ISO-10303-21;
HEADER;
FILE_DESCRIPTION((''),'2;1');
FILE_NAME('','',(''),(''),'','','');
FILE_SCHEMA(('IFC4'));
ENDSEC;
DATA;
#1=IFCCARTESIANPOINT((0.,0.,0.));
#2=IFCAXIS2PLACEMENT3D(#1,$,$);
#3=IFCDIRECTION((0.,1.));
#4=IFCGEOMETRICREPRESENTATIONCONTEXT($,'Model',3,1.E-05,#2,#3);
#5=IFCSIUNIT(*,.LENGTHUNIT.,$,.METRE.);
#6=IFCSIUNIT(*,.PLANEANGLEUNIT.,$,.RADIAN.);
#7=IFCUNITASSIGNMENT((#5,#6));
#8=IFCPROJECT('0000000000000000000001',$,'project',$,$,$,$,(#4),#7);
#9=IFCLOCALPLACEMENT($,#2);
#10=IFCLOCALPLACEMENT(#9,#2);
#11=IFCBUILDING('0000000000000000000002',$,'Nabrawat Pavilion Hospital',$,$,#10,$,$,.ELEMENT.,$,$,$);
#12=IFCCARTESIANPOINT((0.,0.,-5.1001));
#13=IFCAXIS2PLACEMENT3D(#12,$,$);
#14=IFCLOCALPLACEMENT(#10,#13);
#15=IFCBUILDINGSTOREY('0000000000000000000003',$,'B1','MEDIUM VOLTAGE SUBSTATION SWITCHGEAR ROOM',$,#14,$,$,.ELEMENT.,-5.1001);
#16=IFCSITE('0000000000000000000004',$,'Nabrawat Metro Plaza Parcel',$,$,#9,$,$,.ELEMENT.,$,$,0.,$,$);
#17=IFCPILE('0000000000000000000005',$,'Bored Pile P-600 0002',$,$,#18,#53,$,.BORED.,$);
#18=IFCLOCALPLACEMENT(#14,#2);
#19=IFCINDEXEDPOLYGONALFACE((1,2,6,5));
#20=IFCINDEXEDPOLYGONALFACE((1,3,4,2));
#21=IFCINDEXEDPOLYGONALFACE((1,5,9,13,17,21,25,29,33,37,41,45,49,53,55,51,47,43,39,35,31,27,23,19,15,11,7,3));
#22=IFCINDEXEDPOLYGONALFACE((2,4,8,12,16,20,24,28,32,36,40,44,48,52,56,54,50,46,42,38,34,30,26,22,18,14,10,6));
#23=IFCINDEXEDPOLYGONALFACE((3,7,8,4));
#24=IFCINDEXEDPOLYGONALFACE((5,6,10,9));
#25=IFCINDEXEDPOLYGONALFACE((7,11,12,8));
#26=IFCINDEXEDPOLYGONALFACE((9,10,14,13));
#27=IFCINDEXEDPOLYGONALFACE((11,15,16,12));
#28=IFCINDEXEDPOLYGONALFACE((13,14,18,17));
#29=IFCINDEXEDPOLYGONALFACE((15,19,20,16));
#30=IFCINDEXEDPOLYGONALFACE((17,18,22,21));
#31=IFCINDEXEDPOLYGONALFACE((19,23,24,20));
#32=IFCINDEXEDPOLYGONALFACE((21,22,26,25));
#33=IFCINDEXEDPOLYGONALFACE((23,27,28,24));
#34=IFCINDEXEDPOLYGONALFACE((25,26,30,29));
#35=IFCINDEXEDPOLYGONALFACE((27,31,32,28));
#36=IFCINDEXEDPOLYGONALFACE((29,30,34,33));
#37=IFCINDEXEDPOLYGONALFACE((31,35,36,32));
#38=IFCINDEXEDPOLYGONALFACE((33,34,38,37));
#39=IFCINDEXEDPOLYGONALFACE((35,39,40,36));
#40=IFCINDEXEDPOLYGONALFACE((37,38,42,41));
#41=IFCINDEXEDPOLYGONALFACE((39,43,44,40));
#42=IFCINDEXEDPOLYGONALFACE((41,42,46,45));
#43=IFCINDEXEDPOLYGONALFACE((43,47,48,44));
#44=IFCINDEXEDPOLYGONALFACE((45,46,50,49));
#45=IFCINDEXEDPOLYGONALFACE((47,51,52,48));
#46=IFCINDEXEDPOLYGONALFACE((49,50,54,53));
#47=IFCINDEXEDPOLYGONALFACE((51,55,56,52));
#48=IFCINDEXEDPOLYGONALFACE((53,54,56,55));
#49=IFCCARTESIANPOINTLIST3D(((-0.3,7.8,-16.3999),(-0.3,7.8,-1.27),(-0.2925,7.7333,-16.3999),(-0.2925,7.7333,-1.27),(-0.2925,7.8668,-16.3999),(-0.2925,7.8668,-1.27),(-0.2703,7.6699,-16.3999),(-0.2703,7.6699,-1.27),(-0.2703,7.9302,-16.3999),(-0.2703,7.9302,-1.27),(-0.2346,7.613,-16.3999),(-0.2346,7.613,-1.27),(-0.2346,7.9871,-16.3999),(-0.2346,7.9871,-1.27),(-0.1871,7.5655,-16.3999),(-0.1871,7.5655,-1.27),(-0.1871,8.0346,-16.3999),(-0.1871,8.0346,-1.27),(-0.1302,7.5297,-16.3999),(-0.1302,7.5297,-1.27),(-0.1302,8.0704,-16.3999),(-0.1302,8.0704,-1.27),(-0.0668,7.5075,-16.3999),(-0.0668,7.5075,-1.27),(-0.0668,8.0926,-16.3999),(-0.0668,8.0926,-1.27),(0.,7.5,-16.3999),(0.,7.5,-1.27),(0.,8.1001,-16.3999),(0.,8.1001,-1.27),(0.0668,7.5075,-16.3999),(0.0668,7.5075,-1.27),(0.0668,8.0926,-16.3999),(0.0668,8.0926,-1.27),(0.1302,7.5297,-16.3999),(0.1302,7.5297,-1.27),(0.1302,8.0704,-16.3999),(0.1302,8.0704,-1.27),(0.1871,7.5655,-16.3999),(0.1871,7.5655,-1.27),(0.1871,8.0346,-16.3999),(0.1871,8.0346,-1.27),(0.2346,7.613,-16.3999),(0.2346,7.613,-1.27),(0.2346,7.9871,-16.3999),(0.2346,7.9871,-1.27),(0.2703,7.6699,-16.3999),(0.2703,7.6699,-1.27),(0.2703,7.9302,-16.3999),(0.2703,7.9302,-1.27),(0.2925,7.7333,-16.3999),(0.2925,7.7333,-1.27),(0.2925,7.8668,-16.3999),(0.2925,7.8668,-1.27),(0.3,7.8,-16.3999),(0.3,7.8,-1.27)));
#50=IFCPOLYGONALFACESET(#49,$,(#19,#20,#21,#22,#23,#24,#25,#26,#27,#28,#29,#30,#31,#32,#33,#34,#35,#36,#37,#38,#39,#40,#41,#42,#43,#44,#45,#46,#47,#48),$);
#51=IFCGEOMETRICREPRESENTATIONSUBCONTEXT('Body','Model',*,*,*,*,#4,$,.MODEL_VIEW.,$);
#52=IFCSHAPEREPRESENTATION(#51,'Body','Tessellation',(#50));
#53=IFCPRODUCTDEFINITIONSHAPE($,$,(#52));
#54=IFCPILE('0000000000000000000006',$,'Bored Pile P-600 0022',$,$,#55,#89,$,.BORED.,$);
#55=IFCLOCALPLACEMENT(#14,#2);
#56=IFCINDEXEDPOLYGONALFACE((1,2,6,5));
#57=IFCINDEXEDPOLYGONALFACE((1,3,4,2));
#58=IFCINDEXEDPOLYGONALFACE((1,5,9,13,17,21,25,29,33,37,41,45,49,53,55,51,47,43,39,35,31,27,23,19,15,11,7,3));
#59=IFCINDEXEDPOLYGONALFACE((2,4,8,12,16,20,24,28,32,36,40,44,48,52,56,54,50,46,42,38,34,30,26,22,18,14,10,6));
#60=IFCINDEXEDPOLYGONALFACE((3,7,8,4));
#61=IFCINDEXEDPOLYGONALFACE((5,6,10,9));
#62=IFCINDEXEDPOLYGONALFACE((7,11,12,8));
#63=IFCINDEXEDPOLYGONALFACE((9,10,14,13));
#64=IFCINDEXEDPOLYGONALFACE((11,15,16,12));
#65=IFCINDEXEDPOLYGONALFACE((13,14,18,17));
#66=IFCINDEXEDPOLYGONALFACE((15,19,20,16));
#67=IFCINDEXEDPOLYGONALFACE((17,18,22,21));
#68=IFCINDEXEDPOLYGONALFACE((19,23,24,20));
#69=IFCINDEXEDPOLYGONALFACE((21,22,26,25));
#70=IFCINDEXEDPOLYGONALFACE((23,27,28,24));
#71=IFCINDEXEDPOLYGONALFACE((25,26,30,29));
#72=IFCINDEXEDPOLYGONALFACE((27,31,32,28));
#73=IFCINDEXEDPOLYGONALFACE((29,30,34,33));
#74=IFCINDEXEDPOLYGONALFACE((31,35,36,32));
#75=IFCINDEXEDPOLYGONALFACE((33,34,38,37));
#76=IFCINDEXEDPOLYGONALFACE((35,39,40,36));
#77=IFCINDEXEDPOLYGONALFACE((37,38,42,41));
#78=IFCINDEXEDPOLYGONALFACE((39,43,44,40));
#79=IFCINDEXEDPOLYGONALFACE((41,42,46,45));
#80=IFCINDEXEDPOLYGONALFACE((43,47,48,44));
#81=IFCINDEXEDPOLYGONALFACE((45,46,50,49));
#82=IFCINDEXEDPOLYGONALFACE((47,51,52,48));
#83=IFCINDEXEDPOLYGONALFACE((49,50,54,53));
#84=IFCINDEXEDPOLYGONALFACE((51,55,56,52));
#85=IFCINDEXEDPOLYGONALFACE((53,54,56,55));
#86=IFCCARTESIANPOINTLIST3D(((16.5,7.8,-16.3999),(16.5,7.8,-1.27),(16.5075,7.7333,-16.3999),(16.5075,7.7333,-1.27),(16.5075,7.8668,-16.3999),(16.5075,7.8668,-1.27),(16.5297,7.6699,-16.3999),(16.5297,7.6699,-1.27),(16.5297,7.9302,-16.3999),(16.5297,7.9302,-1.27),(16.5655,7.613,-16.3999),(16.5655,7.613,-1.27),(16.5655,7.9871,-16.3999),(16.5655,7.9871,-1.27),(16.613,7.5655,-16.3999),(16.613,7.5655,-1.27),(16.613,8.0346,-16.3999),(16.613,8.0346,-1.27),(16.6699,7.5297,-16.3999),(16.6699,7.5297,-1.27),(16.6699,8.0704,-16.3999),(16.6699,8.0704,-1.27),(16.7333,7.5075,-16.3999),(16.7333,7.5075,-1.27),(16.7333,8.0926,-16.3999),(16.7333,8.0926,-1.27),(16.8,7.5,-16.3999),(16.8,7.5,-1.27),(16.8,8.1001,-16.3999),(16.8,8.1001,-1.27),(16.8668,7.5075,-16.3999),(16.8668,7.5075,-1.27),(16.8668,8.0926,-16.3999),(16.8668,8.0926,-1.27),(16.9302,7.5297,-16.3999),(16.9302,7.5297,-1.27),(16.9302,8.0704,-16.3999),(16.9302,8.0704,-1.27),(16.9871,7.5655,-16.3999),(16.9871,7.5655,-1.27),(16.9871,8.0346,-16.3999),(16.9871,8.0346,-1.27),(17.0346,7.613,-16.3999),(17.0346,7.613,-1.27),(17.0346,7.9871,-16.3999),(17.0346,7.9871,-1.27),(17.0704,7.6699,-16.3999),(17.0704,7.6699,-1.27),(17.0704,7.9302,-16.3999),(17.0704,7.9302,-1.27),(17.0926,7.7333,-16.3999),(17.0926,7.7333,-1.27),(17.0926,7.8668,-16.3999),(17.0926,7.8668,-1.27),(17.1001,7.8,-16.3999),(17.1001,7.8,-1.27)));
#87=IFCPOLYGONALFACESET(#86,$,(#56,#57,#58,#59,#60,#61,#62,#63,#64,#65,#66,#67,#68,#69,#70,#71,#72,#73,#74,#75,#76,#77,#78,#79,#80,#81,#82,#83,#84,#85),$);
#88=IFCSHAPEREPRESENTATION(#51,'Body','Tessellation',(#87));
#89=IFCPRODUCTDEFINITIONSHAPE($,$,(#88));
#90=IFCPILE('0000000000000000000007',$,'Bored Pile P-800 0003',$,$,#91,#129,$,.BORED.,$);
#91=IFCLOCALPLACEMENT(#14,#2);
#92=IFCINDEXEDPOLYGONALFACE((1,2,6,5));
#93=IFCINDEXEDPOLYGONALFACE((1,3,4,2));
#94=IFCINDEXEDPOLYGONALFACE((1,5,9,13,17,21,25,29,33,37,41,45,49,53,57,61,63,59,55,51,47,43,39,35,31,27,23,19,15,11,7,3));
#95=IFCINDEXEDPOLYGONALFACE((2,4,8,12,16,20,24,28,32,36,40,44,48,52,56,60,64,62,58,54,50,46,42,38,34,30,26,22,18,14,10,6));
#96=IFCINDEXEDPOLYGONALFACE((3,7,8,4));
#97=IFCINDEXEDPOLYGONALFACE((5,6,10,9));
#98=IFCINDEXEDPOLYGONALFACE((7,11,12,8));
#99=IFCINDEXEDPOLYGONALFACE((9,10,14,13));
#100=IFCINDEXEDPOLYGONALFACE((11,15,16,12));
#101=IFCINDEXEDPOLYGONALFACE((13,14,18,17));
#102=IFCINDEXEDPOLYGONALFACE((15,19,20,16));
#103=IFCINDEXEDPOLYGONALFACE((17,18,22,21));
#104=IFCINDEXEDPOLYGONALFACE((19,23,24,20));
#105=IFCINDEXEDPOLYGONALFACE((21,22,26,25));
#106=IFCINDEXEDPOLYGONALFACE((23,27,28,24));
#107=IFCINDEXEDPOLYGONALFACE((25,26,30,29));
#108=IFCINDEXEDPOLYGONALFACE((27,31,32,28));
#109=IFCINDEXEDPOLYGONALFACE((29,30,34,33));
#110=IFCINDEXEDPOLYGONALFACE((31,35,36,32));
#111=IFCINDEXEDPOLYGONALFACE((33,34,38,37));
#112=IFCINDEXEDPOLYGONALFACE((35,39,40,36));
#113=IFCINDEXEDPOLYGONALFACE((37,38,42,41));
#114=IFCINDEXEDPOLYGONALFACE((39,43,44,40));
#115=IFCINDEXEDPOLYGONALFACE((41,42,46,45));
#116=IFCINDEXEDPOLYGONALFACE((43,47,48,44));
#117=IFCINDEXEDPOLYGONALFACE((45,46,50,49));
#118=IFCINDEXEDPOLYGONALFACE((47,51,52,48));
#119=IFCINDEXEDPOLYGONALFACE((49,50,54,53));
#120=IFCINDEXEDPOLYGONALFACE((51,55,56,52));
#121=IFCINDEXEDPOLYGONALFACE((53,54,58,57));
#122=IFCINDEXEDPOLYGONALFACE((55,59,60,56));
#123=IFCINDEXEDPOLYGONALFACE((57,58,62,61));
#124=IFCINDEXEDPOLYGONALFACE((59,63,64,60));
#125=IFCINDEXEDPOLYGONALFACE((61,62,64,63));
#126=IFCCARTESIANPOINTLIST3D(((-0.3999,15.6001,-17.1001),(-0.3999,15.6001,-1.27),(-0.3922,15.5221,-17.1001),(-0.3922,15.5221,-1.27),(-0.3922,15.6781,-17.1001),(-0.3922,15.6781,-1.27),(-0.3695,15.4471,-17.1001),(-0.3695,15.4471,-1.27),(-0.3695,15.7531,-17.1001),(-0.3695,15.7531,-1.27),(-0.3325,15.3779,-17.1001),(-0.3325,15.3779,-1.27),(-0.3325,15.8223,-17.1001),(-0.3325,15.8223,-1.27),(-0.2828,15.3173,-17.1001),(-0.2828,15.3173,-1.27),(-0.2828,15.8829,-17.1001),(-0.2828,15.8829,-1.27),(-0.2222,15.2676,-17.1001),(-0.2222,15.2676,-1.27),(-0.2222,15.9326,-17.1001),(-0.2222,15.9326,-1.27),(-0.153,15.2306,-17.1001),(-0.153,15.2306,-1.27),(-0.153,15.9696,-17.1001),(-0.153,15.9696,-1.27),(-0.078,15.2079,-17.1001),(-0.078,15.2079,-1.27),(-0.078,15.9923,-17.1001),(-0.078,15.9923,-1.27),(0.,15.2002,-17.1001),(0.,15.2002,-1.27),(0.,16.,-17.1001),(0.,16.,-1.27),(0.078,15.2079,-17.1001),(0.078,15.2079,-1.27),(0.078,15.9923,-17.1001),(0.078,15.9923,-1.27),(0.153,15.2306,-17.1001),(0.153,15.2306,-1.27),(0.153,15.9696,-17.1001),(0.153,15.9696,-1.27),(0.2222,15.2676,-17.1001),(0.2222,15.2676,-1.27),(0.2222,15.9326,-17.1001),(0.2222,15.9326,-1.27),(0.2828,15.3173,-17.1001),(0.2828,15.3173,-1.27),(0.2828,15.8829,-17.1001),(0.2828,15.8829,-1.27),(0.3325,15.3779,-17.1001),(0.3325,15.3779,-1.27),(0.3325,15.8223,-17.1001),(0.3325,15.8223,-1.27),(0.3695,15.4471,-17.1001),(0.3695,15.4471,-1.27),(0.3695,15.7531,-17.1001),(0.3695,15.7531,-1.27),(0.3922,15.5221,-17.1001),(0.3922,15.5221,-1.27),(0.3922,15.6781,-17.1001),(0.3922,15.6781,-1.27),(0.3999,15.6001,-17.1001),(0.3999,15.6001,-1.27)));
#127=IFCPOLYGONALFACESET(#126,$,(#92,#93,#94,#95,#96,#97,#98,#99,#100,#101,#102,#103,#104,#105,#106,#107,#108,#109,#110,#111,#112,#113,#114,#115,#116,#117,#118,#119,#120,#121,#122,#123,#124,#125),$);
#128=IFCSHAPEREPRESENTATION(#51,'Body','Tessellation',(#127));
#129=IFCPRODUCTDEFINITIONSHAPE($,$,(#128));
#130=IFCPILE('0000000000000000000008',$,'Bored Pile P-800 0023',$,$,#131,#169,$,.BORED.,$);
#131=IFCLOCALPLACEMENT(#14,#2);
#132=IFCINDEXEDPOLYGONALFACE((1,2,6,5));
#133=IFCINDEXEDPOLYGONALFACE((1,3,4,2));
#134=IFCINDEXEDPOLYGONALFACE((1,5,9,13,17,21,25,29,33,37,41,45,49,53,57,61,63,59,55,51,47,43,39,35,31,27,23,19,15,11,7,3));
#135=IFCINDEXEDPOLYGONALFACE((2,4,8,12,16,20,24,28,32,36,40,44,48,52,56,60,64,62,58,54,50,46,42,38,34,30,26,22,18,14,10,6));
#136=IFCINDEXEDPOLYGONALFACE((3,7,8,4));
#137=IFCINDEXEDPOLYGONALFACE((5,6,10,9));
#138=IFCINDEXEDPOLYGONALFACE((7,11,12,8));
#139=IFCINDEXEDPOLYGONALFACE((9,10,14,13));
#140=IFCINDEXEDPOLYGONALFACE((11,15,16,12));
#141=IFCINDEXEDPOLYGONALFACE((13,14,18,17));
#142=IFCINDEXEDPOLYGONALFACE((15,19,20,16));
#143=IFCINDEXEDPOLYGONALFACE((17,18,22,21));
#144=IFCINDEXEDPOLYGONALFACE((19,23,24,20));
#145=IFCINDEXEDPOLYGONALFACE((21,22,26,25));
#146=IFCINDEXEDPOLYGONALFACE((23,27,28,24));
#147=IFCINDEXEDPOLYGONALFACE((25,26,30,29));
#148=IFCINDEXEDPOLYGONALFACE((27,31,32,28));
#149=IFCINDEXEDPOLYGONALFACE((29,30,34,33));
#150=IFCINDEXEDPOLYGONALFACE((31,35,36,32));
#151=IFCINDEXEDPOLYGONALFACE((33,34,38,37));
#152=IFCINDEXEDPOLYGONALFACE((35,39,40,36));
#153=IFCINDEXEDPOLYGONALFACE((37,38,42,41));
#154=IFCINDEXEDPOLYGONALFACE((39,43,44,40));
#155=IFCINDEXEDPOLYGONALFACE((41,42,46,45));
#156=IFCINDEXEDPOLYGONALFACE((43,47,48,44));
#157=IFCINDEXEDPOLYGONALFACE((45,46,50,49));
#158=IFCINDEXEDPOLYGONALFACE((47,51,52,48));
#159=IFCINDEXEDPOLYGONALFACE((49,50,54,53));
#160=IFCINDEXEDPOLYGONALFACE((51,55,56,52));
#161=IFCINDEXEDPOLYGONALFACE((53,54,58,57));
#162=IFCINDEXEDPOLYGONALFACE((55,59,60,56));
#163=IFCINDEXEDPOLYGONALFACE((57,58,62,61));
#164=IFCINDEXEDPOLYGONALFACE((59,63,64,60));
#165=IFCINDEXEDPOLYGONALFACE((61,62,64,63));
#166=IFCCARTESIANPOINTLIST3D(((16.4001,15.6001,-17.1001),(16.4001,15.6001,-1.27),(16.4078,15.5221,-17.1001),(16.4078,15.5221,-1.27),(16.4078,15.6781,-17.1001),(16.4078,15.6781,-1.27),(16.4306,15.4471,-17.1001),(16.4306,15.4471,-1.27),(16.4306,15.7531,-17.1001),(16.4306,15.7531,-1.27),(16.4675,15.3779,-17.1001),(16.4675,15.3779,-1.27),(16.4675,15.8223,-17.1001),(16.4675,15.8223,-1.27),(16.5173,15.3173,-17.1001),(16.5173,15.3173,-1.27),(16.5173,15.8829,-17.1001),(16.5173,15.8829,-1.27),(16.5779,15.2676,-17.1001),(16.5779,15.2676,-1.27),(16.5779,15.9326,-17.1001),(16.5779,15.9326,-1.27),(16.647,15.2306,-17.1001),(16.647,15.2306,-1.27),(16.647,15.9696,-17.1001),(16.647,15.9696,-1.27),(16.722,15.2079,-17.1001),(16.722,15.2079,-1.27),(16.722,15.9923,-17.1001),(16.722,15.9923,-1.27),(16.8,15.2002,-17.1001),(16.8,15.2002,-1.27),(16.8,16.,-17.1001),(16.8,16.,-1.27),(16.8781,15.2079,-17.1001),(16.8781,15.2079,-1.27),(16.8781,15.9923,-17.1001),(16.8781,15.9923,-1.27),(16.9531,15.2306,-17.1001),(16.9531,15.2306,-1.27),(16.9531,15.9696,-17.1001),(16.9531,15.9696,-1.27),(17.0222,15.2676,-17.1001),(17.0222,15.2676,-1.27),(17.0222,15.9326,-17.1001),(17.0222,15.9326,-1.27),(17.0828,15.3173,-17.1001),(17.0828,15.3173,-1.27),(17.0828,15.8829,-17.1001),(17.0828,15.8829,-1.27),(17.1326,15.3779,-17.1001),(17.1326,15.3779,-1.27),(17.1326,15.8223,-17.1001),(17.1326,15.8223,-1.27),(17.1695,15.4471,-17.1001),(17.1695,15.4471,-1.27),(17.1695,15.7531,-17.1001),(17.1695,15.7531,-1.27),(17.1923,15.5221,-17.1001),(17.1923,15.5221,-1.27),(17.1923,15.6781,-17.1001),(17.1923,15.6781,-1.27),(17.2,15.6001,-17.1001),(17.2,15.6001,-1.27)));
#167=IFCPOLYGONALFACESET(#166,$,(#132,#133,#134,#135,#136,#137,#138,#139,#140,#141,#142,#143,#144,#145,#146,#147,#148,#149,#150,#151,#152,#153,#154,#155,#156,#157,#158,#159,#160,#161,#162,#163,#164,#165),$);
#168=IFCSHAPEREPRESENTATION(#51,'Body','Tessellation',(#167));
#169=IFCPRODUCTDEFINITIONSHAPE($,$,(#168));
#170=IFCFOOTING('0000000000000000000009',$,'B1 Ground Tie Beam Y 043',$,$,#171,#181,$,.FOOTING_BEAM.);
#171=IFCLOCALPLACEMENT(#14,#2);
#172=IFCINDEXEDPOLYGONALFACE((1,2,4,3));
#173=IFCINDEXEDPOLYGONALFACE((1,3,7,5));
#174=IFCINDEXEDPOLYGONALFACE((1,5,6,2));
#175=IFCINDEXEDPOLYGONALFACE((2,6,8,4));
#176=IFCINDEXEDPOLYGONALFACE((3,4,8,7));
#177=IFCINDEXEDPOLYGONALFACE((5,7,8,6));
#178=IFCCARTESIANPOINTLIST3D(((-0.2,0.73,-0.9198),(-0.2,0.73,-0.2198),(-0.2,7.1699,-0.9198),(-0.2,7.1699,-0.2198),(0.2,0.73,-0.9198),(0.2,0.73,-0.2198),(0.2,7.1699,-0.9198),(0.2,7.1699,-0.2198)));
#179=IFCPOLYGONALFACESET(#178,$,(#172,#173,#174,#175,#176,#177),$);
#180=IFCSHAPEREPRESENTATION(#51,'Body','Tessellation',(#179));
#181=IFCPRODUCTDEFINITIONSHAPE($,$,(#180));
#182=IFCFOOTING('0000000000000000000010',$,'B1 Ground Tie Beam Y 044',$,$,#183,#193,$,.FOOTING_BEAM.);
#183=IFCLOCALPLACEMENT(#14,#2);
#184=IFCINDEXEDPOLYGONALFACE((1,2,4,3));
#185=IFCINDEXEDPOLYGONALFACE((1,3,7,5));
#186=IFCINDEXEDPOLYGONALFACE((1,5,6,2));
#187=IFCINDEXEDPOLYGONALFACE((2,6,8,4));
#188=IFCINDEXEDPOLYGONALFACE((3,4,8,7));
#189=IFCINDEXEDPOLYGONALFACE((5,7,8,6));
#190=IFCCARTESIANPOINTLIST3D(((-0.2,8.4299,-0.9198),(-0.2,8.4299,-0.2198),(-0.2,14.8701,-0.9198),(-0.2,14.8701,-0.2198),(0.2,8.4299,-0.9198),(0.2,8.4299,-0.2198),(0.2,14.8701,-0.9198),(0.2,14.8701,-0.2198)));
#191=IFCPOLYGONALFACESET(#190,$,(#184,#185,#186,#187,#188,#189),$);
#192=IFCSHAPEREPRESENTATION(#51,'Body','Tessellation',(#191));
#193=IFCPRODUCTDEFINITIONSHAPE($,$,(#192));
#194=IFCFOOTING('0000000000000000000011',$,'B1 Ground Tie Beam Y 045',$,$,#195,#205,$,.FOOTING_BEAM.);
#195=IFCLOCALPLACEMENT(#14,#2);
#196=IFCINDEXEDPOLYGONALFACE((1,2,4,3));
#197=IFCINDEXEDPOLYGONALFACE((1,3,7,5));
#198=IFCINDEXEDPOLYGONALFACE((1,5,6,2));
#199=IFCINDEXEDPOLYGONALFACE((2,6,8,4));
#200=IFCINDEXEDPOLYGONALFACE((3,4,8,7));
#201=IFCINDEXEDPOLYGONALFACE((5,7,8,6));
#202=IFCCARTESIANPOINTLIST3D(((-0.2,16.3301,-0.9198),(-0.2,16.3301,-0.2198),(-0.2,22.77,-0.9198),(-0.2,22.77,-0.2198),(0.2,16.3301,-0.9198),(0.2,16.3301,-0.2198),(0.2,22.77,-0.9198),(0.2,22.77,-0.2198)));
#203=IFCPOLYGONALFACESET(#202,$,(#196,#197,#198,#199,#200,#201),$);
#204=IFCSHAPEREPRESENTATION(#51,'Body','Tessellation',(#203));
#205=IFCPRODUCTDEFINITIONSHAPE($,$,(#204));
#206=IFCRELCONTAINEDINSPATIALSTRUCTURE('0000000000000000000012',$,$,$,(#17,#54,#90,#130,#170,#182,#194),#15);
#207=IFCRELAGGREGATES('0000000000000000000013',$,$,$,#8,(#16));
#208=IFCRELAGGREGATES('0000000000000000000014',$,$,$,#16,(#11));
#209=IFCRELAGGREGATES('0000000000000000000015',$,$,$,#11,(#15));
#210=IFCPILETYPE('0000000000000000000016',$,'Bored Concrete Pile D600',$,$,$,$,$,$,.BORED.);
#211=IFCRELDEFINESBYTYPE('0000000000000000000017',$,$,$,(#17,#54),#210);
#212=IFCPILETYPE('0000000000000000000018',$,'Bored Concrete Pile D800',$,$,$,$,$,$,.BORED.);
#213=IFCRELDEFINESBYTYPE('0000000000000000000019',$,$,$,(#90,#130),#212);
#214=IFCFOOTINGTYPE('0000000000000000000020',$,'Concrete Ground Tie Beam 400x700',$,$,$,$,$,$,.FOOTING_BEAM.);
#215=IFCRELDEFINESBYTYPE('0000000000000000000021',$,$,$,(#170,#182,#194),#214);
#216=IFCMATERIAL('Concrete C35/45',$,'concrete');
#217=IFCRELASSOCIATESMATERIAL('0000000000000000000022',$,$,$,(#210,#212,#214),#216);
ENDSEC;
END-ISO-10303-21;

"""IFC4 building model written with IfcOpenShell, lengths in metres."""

from ifc_helpers import new_model, si_unit, direction, frame, origin, origin_2d, place, context, subcontext, project, spatial, rectangle, circle, extrude, material, material_profile, profile_set, type_object, element, save


model = new_model("IFC4")

# Units and contexts
model_context = context("Model", 3, precision=1e-05, world=origin(), true_north=direction((0.0, 1.0)))
body_context = subcontext(model_context, "Body", "Model", "MODEL_VIEW")
ifc_project = project(units=[si_unit("LENGTHUNIT", "METRE"), si_unit("PLANEANGLEUNIT", "RADIAN")], contexts=[model_context])

# Site, building, storey
site_placement = place(None, origin())
site = spatial("IfcSite", under=ifc_project, at=site_placement, Name="Nabrawat Metro Plaza Parcel", CompositionType="ELEMENT", RefElevation=0.0)
building_placement = place(site_placement, origin())
building = spatial("IfcBuilding", under=site, at=building_placement, Name="Nabrawat Pavilion Hospital", CompositionType="ELEMENT")
storey_placement = place(building_placement, frame((0.0, 0.0, -5.1001)))
storey = spatial("IfcBuildingStorey", under=building, at=storey_placement, Name="B1", Description="MEDIUM VOLTAGE SUBSTATION SWITCHGEAR ROOM", CompositionType="ELEMENT", Elevation=-5.1001)

# Piles
ifc_material_1 = material(Name="Concrete C35/45", Category="concrete")
ifc_material_profile_1 = material_profile(ifc_material_1, circle(Radius=0.3, at=origin_2d()), Name="DIA 600")
ifc_profile_set_1 = profile_set([ifc_material_profile_1], Name="Concrete C35/45")
pile_type_1 = type_object("IfcPileType", Name="Bored Concrete Pile D600", PredefinedType="BORED", material=ifc_profile_set_1)
for number, where, z_axis, x_axis, name in (
    (1, (0.0, 7.8, -1.27), (0.0, 0.0, -1.0), (1.0, 0.0, 0.0), "Bored Pile P-600 0002"),
    (2, (16.8, 7.8, -1.27), (0.0, 0.0, -1.0), (1.0, 0.0, 0.0), "Bored Pile P-600 0022"),
):
    element("IfcPile", number, at=place(storey_placement, frame(where, z_axis=z_axis, x_axis=x_axis)), inside=storey, type_object=pile_type_1, Name=name, PredefinedType="BORED", context=body_context, shape_type="SweptSolid", body=[
        extrude(circle(Radius=0.3, at=origin_2d()), origin(), (0.0, 0.0, 1.0), 15.1299),
    ])
ifc_material_profile_2 = material_profile(ifc_material_1, circle(Radius=0.3999, at=origin_2d()), Name="DIA 800")
ifc_profile_set_2 = profile_set([ifc_material_profile_2], Name="Concrete C35/45")
pile_type_2 = type_object("IfcPileType", Name="Bored Concrete Pile D800", PredefinedType="BORED", material=ifc_profile_set_2)
for number, where, z_axis, x_axis, name in (
    (3, (0.0, 15.6001, -1.27), (0.0, 0.0, -1.0), (1.0, 0.0, 0.0), "Bored Pile P-800 0003"),
    (4, (16.8, 15.6001, -1.27), (0.0, 0.0, -1.0), (1.0, 0.0, 0.0), "Bored Pile P-800 0023"),
):
    element("IfcPile", number, at=place(storey_placement, frame(where, z_axis=z_axis, x_axis=x_axis)), inside=storey, type_object=pile_type_2, Name=name, PredefinedType="BORED", context=body_context, shape_type="SweptSolid", body=[
        extrude(circle(Radius=0.3999, at=origin_2d()), origin(), (0.0, 0.0, 1.0), 15.8301),
    ])

# Footings
ifc_material_profile_3 = material_profile(ifc_material_1, rectangle(XDim=0.3999, YDim=0.7, at=origin_2d()), Name="RC 400x700")
ifc_profile_set_3 = profile_set([ifc_material_profile_3], Name="Concrete C35/45")
footing_type = type_object("IfcFootingType", Name="Concrete Ground Tie Beam 400x700", PredefinedType="FOOTING_BEAM", material=ifc_profile_set_3)
footing_1_placement = place(storey_placement, frame((0.0, 0.73, -0.5698), z_axis=(0.0, 1.0, 0.0), x_axis=(-1.0, 0.0, 0.0)))
element("IfcFooting", 5, at=footing_1_placement, inside=storey, type_object=footing_type, Name="B1 Ground Tie Beam Y 043", PredefinedType="FOOTING_BEAM", context=body_context, shape_type="SweptSolid", body=[
    extrude(rectangle(XDim=0.3999, YDim=0.7, at=origin_2d()), origin(), (0.0, 0.0, 1.0), 6.4399),
])
footing_2_placement = place(storey_placement, frame((0.0, 8.4299, -0.5698), z_axis=(0.0, 1.0, 0.0), x_axis=(-1.0, 0.0, 0.0)))
element("IfcFooting", 6, at=footing_2_placement, inside=storey, type_object=footing_type, Name="B1 Ground Tie Beam Y 044", PredefinedType="FOOTING_BEAM", context=body_context, shape_type="SweptSolid", body=[
    extrude(rectangle(XDim=0.3999, YDim=0.7, at=origin_2d()), origin(), (0.0, 0.0, 1.0), 6.4402),
])
footing_3_placement = place(storey_placement, frame((0.0, 16.3301, -0.5698), z_axis=(0.0, 1.0, 0.0), x_axis=(-1.0, 0.0, 0.0)))
element("IfcFooting", 7, at=footing_3_placement, inside=storey, type_object=footing_type, Name="B1 Ground Tie Beam Y 045", PredefinedType="FOOTING_BEAM", context=body_context, shape_type="SweptSolid", body=[
    extrude(rectangle(XDim=0.3999, YDim=0.7, at=origin_2d()), origin(), (0.0, 0.0, 1.0), 6.4399),
])

save(model, "model.ifc")
